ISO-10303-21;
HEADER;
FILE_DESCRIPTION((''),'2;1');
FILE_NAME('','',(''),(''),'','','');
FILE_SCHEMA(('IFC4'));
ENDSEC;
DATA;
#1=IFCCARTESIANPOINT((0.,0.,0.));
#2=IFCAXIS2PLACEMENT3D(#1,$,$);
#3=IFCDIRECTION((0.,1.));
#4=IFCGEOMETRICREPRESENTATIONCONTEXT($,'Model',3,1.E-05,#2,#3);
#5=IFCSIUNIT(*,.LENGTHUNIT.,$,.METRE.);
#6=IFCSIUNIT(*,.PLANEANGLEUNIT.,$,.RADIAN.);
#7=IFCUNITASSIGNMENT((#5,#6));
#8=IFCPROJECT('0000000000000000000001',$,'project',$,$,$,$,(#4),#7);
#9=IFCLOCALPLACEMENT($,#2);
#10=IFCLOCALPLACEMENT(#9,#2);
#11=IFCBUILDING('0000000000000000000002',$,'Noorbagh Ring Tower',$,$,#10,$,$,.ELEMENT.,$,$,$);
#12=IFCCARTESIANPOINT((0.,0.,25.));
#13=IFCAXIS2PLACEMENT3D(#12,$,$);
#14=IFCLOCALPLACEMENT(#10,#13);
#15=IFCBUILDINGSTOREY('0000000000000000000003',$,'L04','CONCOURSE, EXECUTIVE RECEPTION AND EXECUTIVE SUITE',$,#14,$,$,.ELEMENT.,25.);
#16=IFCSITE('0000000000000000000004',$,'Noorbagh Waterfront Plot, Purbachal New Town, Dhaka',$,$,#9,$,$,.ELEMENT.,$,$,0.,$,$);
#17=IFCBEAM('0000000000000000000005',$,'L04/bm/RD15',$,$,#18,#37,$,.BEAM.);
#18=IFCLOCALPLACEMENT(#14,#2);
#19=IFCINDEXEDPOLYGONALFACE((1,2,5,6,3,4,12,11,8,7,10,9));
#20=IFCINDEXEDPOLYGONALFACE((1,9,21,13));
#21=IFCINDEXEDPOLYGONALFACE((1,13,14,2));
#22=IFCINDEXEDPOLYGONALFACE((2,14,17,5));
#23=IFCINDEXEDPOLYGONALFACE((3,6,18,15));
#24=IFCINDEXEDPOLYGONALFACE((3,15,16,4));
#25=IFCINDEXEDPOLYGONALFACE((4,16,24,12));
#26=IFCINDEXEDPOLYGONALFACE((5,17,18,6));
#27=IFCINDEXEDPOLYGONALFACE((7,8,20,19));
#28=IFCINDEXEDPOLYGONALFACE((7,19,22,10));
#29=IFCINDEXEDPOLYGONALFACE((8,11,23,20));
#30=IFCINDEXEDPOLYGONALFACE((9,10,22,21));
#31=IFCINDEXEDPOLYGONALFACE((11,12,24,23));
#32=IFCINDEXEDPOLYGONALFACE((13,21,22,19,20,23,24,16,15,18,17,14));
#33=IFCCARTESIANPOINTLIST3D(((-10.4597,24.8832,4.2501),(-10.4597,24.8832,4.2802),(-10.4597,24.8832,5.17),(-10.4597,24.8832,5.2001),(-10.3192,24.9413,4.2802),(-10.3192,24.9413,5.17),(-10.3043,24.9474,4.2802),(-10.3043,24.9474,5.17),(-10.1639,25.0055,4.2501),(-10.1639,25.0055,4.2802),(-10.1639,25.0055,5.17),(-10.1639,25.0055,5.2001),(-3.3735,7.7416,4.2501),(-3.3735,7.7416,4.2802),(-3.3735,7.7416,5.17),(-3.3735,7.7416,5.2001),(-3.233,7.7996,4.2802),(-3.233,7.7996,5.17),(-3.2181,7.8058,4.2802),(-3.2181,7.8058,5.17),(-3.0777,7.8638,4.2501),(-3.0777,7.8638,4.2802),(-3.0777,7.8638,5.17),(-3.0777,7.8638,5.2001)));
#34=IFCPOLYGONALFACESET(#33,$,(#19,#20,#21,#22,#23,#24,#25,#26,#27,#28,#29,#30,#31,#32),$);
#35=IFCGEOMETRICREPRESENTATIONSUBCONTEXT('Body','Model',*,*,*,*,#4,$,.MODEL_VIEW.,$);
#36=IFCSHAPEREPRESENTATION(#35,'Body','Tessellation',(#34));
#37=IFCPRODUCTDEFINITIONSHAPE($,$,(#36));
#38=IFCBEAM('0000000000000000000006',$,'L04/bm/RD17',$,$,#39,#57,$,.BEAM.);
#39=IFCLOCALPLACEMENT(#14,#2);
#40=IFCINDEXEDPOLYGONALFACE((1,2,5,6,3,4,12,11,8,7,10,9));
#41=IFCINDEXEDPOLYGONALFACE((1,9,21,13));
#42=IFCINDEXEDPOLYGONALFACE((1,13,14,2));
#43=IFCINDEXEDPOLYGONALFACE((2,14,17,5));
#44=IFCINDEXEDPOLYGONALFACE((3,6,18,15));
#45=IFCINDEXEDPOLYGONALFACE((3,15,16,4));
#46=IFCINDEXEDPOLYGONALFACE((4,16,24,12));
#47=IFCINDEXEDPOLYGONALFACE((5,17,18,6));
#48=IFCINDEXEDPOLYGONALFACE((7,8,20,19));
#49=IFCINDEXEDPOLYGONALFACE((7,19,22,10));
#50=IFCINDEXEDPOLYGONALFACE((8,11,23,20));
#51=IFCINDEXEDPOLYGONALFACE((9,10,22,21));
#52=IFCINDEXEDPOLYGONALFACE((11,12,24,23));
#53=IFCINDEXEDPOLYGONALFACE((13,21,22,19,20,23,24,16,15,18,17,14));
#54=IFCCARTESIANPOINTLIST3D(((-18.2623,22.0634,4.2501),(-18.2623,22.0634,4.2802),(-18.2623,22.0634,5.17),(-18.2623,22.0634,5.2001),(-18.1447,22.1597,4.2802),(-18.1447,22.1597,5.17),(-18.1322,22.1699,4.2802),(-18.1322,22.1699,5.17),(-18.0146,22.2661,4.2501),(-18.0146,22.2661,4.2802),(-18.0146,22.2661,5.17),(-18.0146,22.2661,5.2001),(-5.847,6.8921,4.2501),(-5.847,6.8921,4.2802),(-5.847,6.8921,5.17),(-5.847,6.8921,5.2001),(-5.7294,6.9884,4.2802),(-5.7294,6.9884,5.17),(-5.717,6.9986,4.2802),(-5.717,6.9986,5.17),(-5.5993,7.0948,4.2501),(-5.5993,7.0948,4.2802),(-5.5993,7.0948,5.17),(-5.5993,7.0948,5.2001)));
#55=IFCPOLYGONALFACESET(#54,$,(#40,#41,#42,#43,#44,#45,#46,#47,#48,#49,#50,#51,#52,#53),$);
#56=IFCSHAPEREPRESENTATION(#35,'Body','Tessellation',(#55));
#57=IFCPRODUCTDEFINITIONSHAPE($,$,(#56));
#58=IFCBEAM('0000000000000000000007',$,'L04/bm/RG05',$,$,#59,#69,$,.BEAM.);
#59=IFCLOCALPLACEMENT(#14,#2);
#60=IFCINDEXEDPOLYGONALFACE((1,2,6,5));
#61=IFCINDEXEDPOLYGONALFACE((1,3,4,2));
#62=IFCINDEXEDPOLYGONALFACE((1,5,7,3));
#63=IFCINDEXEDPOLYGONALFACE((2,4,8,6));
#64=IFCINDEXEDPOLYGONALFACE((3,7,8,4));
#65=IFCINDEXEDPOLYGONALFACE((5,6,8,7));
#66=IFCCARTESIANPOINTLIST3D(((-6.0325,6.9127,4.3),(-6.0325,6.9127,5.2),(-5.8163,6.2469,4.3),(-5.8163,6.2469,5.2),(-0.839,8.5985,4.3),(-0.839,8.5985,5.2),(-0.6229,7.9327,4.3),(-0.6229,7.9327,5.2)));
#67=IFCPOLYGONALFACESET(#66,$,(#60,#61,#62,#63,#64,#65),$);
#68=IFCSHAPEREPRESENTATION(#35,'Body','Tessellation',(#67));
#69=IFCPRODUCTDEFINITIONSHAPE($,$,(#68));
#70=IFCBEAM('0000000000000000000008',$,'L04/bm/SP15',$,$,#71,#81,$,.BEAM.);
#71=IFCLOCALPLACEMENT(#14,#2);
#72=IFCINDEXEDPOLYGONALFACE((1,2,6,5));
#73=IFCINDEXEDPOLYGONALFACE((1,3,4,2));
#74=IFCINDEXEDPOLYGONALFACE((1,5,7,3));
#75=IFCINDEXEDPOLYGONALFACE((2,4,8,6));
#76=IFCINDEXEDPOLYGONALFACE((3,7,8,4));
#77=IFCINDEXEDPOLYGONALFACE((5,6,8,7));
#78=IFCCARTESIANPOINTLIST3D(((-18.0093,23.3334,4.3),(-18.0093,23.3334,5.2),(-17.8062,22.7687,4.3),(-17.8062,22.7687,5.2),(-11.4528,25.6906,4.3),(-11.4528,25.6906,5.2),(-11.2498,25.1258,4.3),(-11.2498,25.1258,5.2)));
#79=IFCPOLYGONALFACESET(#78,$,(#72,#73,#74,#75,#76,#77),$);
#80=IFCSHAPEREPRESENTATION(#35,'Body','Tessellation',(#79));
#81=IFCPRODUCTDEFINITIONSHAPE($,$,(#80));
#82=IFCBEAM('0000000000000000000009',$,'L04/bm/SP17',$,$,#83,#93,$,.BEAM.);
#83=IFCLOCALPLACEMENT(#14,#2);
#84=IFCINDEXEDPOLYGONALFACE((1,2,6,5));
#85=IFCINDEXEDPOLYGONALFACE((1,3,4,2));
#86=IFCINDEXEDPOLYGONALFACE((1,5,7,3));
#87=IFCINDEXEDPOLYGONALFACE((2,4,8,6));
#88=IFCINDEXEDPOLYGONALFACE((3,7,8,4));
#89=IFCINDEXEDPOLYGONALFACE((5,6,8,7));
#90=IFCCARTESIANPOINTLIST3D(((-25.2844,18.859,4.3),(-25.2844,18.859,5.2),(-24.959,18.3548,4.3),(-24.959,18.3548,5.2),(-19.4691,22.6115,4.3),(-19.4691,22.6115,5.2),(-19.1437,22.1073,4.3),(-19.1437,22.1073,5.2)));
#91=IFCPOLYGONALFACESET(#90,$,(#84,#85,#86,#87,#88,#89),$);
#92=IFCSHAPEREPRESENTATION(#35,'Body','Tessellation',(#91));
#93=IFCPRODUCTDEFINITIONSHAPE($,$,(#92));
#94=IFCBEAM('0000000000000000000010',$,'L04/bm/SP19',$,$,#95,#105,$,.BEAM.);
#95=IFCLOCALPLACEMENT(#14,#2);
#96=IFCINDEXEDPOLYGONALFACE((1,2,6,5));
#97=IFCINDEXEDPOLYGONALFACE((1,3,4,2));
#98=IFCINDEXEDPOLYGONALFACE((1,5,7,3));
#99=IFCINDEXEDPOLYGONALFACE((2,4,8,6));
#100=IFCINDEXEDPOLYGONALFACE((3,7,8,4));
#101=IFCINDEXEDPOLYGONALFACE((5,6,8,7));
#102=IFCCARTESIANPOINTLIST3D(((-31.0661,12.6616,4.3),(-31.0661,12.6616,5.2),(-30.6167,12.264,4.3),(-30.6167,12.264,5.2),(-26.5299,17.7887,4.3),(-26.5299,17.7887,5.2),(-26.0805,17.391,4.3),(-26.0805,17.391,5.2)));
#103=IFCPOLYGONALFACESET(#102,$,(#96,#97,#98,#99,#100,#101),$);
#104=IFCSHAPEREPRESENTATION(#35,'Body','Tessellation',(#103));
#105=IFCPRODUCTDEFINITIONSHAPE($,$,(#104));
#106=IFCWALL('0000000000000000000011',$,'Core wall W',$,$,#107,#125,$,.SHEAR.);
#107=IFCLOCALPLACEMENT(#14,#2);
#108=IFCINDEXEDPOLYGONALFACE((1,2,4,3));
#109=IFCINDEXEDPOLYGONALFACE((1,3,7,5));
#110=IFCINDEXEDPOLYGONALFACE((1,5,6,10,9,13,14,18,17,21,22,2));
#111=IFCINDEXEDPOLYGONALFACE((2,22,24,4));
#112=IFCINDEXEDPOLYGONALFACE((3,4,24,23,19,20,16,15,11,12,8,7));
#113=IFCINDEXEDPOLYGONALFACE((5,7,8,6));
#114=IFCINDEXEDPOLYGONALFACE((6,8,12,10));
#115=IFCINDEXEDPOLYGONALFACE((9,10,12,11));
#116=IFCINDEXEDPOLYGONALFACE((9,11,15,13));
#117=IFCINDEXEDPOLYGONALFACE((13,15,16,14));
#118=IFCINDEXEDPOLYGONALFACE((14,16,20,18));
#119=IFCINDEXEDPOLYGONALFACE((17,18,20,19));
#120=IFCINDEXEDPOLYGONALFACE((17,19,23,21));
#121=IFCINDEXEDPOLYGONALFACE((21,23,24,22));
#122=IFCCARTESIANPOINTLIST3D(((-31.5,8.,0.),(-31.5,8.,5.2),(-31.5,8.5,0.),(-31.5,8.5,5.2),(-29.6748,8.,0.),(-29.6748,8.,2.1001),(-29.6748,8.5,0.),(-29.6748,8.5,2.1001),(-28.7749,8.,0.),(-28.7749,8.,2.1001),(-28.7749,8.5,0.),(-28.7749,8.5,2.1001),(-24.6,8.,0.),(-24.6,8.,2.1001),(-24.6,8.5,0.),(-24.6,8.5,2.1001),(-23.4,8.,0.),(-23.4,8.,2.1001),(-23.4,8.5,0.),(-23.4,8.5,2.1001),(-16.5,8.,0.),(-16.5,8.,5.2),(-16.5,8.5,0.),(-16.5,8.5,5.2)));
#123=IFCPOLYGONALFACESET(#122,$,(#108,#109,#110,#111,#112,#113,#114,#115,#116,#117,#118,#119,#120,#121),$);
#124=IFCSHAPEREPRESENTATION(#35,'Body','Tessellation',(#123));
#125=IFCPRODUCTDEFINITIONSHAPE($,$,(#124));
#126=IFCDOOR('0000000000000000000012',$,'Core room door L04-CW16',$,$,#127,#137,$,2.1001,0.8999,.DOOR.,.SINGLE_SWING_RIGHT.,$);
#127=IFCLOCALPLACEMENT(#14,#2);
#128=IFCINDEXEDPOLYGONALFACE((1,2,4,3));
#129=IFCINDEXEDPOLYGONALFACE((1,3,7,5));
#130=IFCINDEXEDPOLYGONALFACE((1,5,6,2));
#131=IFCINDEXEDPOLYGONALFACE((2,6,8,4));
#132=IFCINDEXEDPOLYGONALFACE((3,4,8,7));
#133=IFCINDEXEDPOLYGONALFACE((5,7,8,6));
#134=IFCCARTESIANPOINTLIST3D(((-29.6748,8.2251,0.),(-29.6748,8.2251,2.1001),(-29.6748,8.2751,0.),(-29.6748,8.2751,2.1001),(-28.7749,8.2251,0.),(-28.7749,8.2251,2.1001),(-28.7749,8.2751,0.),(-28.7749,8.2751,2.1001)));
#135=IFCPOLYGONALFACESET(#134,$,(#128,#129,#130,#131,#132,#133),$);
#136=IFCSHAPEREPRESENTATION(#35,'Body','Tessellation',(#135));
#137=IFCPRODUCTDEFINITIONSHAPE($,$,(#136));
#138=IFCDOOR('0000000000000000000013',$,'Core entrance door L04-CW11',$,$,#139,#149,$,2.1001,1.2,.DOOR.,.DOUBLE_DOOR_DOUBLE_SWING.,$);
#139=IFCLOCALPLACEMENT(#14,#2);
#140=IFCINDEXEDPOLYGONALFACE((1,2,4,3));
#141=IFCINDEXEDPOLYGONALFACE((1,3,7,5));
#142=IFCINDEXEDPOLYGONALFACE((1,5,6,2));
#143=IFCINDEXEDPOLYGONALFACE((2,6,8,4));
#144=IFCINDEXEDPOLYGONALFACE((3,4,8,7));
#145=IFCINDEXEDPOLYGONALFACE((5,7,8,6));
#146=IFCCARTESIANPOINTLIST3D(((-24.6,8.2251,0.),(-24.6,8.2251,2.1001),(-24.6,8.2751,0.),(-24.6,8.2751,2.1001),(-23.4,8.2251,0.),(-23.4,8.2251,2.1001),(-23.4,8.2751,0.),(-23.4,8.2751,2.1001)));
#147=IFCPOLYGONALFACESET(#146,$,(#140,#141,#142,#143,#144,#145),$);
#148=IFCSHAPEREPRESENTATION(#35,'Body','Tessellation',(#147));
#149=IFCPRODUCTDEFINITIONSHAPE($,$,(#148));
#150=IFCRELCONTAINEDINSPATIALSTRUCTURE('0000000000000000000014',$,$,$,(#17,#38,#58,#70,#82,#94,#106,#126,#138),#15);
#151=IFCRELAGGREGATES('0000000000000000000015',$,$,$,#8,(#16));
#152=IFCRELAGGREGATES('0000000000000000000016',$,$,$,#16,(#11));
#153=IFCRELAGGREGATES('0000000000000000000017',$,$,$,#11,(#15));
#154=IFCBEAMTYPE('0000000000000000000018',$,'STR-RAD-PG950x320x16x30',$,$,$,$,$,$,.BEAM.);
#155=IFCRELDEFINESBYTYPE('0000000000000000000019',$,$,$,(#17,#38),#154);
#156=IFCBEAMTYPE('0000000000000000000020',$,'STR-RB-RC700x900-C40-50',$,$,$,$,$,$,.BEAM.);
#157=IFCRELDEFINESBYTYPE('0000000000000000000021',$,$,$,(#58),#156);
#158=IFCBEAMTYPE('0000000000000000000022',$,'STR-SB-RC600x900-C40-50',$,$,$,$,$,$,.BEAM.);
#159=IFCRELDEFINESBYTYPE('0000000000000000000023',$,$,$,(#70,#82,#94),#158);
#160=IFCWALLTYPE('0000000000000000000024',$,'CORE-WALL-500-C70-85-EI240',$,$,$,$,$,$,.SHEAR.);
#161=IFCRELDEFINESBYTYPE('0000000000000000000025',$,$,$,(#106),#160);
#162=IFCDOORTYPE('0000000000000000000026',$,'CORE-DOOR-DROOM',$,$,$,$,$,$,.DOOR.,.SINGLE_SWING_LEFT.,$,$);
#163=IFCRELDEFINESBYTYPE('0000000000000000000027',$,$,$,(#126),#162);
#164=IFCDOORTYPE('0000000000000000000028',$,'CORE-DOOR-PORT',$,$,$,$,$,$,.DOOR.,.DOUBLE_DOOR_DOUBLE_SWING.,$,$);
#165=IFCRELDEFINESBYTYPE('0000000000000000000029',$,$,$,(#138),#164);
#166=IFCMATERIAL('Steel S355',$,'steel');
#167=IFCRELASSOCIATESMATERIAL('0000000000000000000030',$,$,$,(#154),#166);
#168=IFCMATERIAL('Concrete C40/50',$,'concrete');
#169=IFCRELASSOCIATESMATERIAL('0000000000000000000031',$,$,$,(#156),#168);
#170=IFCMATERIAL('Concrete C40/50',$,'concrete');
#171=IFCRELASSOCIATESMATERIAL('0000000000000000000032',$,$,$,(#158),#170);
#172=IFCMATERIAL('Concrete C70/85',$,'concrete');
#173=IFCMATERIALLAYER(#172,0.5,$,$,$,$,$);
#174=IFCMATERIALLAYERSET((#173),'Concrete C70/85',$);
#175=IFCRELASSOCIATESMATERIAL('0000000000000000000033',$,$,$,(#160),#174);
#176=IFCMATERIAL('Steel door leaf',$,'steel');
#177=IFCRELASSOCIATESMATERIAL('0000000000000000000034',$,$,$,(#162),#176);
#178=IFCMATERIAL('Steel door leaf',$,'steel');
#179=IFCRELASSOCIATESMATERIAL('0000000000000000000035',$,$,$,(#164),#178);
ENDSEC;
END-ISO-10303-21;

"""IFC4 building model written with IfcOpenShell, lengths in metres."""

from ifc_helpers import new_model, si_unit, direction, frame, frame_2d, origin, origin_2d, place, context, subcontext, project, spatial, rectangle, i_section, extrude, material, layer, layer_set, material_profile, profile_set, type_object, element, fill, save


model = new_model("IFC4")

# Units and contexts
model_context = context("Model", 3, precision=1e-05, world=origin(), true_north=direction((0.0, 1.0)))
body_context = subcontext(model_context, "Body", "Model", "MODEL_VIEW")
ifc_project = project(units=[si_unit("LENGTHUNIT", "METRE"), si_unit("PLANEANGLEUNIT", "RADIAN")], contexts=[model_context])

# Site, building, storey
site_placement = place(None, origin())
site = spatial("IfcSite", under=ifc_project, at=site_placement, Name="Noorbagh Waterfront Plot, Purbachal New Town, Dhaka", CompositionType="ELEMENT", RefElevation=0.0)
building_placement = place(site_placement, origin())
building = spatial("IfcBuilding", under=site, at=building_placement, Name="Noorbagh Ring Tower", CompositionType="ELEMENT")
storey_placement = place(building_placement, frame((0.0, 0.0, 25.0)))
storey = spatial("IfcBuildingStorey", under=building, at=storey_placement, Name="L04", Description="CONCOURSE, EXECUTIVE RECEPTION AND EXECUTIVE SUITE", CompositionType="ELEMENT", Elevation=25.0)

# Beams
ifc_material_1 = material(Name="Steel S355", Category="steel")
ifc_material_profile_1 = material_profile(ifc_material_1, i_section(OverallWidth=0.3201, OverallDepth=0.95, WebThickness=0.0161, FlangeThickness=0.03, at=origin_2d()), Name="PG950x320x16x30")
ifc_profile_set_1 = profile_set([ifc_material_profile_1], Name="Steel S355")
beam_type_1 = type_object("IfcBeamType", Name="STR-RAD-PG950x320x16x30", PredefinedType="BEAM", material=ifc_profile_set_1)
beam_1_placement = place(storey_placement, frame((-10.3118, 24.9443, 4.7251), z_axis=(0.382034, -0.924148, 0.0), x_axis=(0.924148, 0.382034, 0.0)))
element("IfcBeam", 1, at=beam_1_placement, inside=storey, type_object=beam_type_1, Name="L04/bm/RD15", PredefinedType="BEAM", context=body_context, shape_type="SweptSolid", body=[
    extrude(i_section(OverallWidth=0.3201, OverallDepth=0.95, WebThickness=0.0161, FlangeThickness=0.03, at=origin_2d()), origin(), (0.0, 0.0, 1.0), 18.5486),
])
beam_2_placement = place(storey_placement, frame((-18.1384, 22.1648, 4.7251), z_axis=(0.633309, -0.773899, 0.0), x_axis=(0.773899, 0.633309, 0.0)))
element("IfcBeam", 2, at=beam_2_placement, inside=storey, type_object=beam_type_1, Name="L04/bm/RD17", PredefinedType="BEAM", context=body_context, shape_type="SweptSolid", body=[
    extrude(i_section(OverallWidth=0.3201, OverallDepth=0.95, WebThickness=0.0161, FlangeThickness=0.03, at=origin_2d()), origin(), (0.0, 0.0, 1.0), 19.6038),
])
ifc_material_2 = material(Name="Concrete C40/50", Category="concrete")
ifc_material_profile_2 = material_profile(ifc_material_2, rectangle(XDim=0.7, YDim=0.8999, at=origin_2d()), Name="RC700x900")
ifc_profile_set_2 = profile_set([ifc_material_profile_2], Name="Concrete C40/50")
beam_type_2 = type_object("IfcBeamType", Name="STR-RB-RC700x900-C40-50", PredefinedType="BEAM", material=ifc_profile_set_2)
beam_3_placement = place(storey_placement, frame((-0.731, 8.2656, 4.75), z_axis=(-0.951144, -0.308746, 0.0), x_axis=(0.308746, -0.951144, 0.0)))
element("IfcBeam", 3, at=beam_3_placement, inside=storey, type_object=beam_type_2, Name="L04/bm/RG05", PredefinedType="BEAM", context=body_context, shape_type="SweptSolid", body=[
    extrude(rectangle(XDim=0.7, YDim=0.8999, at=origin_2d()), origin(), (0.0, 0.0, 1.0), 5.4602),
])
ifc_material_3 = material(Name="Concrete C40/50", Category="concrete")
ifc_material_profile_3 = material_profile(ifc_material_3, rectangle(XDim=0.6001, YDim=0.8999, at=origin_2d()), Name="RC600x900")
ifc_profile_set_3 = profile_set([ifc_material_profile_3], Name="Concrete C40/50")
beam_type_3 = type_object("IfcBeamType", Name="STR-SB-RC600x900-C40-50", PredefinedType="BEAM", material=ifc_profile_set_3)
beam_4_placement = place(storey_placement, frame((-11.3513, 25.4082, 4.75), z_axis=(-0.94103, -0.338322, 0.0), x_axis=(0.338322, -0.94103, 0.0)))
element("IfcBeam", 4, at=beam_4_placement, inside=storey, type_object=beam_type_3, Name="L04/bm/SP15", PredefinedType="BEAM", context=body_context, shape_type="SweptSolid", body=[
    extrude(rectangle(XDim=0.6001, YDim=0.8999, at=origin_2d()), origin(), (0.0, 0.0, 1.0), 6.9673),
])
beam_5_placement = place(storey_placement, frame((-19.3064, 22.3594, 4.75), z_axis=(-0.84025, -0.542199, 0.0), x_axis=(0.542199, -0.84025, 0.0)))
element("IfcBeam", 5, at=beam_5_placement, inside=storey, type_object=beam_type_3, Name="L04/bm/SP17", PredefinedType="BEAM", context=body_context, shape_type="SweptSolid", body=[
    extrude(rectangle(XDim=0.6001, YDim=0.8999, at=origin_2d()), origin(), (0.0, 0.0, 1.0), 6.9209),
])
beam_6_placement = place(storey_placement, frame((-26.3052, 17.5898, 4.75), z_axis=(-0.662635, -0.748942, 0.0), x_axis=(0.748942, -0.662635, 0.0)))
element("IfcBeam", 6, at=beam_6_placement, inside=storey, type_object=beam_type_3, Name="L04/bm/SP19", PredefinedType="BEAM", context=body_context, shape_type="SweptSolid", body=[
    extrude(rectangle(XDim=0.6001, YDim=0.8999, at=origin_2d()), origin(), (0.0, 0.0, 1.0), 6.8457),
])

# Wall, openings, doors
ifc_material_4 = material(Name="Concrete C70/85", Category="concrete")
ifc_layer_1 = layer(ifc_material_4, 0.5)
ifc_layer_set_1 = layer_set([ifc_layer_1], Name="Concrete C70/85")
wall_type_1 = type_object("IfcWallType", Name="CORE-WALL-500-C70-85-EI240", PredefinedType="SHEAR", material=ifc_layer_set_1)
wall_1_placement = place(storey_placement, frame((-16.5, 8.25, 0.0), z_axis=(0.0, 0.0, 1.0), x_axis=(-1.0, 0.0, 0.0)))
wall_1 = element("IfcWall", 7, at=wall_1_placement, inside=storey, type_object=wall_type_1, Name="Core wall W", PredefinedType="SHEAR", context=body_context, shape_type="SweptSolid", body=[
    extrude(rectangle(XDim=15.0, YDim=0.5, at=frame_2d((7.5, 0.0))), origin(), (0.0, 0.0, 1.0), 5.2),
])
opening_1_placement = place(wall_1_placement, frame((6.8999, 0.0, 0.0)))
opening_1 = element("IfcOpeningElement", 8, at=opening_1_placement, cuts=wall_1, PredefinedType="OPENING", context=body_context, shape_type="SweptSolid", body=[
    extrude(rectangle(XDim=1.2, YDim=2.1001, at=frame_2d((0.6001, 1.05))), frame((0.0, 0.26, 0.0), z_axis=(0.0, -1.0, 0.0), x_axis=(1.0, 0.0, 0.0)), (0.0, 0.0, 1.0), 0.52),
])
opening_2_placement = place(wall_1_placement, frame((12.2749, 0.0, 0.0)))
opening_2 = element("IfcOpeningElement", 9, at=opening_2_placement, cuts=wall_1, PredefinedType="OPENING", context=body_context, shape_type="SweptSolid", body=[
    extrude(rectangle(XDim=0.8999, YDim=2.1001, at=frame_2d((0.45, 1.05))), frame((0.0, 0.26, 0.0), z_axis=(0.0, -1.0, 0.0), x_axis=(1.0, 0.0, 0.0)), (0.0, 0.0, 1.0), 0.52),
])
ifc_material_5 = material(Name="Steel door leaf", Category="steel")
door_type_1 = type_object("IfcDoorType", Name="CORE-DOOR-DROOM", OperationType="SINGLE_SWING_LEFT", PredefinedType="DOOR", material=ifc_material_5)
door_1_placement = place(opening_2_placement, origin())
door_1 = element("IfcDoor", 10, at=door_1_placement, inside=storey, type_object=door_type_1, Name="Core room door L04-CW16", OperationType="SINGLE_SWING_RIGHT", OverallHeight=2.1001, OverallWidth=0.8999, PredefinedType="DOOR", context=body_context, shape_type="SweptSolid", body=[
    extrude(rectangle(XDim=0.8999, YDim=2.1001, at=frame_2d((0.45, 1.05))), frame((0.0, 0.0249, 0.0), z_axis=(0.0, -1.0, 0.0), x_axis=(1.0, 0.0, 0.0)), (0.0, 0.0, 1.0), 0.05),
])
fill(opening_2, door_1)
ifc_material_6 = material(Name="Steel door leaf", Category="steel")
door_type_2 = type_object("IfcDoorType", Name="CORE-DOOR-PORT", OperationType="DOUBLE_DOOR_DOUBLE_SWING", PredefinedType="DOOR", material=ifc_material_6)
door_2_placement = place(opening_1_placement, origin())
door_2 = element("IfcDoor", 11, at=door_2_placement, inside=storey, type_object=door_type_2, Name="Core entrance door L04-CW11", OperationType="DOUBLE_DOOR_DOUBLE_SWING", OverallHeight=2.1001, OverallWidth=1.2, PredefinedType="DOOR", context=body_context, shape_type="SweptSolid", body=[
    extrude(rectangle(XDim=1.2, YDim=2.1001, at=frame_2d((0.6001, 1.05))), frame((0.0, 0.0249, 0.0), z_axis=(0.0, -1.0, 0.0), x_axis=(1.0, 0.0, 0.0)), (0.0, 0.0, 1.0), 0.05),
])
fill(opening_1, door_2)

save(model, "model.ifc")
